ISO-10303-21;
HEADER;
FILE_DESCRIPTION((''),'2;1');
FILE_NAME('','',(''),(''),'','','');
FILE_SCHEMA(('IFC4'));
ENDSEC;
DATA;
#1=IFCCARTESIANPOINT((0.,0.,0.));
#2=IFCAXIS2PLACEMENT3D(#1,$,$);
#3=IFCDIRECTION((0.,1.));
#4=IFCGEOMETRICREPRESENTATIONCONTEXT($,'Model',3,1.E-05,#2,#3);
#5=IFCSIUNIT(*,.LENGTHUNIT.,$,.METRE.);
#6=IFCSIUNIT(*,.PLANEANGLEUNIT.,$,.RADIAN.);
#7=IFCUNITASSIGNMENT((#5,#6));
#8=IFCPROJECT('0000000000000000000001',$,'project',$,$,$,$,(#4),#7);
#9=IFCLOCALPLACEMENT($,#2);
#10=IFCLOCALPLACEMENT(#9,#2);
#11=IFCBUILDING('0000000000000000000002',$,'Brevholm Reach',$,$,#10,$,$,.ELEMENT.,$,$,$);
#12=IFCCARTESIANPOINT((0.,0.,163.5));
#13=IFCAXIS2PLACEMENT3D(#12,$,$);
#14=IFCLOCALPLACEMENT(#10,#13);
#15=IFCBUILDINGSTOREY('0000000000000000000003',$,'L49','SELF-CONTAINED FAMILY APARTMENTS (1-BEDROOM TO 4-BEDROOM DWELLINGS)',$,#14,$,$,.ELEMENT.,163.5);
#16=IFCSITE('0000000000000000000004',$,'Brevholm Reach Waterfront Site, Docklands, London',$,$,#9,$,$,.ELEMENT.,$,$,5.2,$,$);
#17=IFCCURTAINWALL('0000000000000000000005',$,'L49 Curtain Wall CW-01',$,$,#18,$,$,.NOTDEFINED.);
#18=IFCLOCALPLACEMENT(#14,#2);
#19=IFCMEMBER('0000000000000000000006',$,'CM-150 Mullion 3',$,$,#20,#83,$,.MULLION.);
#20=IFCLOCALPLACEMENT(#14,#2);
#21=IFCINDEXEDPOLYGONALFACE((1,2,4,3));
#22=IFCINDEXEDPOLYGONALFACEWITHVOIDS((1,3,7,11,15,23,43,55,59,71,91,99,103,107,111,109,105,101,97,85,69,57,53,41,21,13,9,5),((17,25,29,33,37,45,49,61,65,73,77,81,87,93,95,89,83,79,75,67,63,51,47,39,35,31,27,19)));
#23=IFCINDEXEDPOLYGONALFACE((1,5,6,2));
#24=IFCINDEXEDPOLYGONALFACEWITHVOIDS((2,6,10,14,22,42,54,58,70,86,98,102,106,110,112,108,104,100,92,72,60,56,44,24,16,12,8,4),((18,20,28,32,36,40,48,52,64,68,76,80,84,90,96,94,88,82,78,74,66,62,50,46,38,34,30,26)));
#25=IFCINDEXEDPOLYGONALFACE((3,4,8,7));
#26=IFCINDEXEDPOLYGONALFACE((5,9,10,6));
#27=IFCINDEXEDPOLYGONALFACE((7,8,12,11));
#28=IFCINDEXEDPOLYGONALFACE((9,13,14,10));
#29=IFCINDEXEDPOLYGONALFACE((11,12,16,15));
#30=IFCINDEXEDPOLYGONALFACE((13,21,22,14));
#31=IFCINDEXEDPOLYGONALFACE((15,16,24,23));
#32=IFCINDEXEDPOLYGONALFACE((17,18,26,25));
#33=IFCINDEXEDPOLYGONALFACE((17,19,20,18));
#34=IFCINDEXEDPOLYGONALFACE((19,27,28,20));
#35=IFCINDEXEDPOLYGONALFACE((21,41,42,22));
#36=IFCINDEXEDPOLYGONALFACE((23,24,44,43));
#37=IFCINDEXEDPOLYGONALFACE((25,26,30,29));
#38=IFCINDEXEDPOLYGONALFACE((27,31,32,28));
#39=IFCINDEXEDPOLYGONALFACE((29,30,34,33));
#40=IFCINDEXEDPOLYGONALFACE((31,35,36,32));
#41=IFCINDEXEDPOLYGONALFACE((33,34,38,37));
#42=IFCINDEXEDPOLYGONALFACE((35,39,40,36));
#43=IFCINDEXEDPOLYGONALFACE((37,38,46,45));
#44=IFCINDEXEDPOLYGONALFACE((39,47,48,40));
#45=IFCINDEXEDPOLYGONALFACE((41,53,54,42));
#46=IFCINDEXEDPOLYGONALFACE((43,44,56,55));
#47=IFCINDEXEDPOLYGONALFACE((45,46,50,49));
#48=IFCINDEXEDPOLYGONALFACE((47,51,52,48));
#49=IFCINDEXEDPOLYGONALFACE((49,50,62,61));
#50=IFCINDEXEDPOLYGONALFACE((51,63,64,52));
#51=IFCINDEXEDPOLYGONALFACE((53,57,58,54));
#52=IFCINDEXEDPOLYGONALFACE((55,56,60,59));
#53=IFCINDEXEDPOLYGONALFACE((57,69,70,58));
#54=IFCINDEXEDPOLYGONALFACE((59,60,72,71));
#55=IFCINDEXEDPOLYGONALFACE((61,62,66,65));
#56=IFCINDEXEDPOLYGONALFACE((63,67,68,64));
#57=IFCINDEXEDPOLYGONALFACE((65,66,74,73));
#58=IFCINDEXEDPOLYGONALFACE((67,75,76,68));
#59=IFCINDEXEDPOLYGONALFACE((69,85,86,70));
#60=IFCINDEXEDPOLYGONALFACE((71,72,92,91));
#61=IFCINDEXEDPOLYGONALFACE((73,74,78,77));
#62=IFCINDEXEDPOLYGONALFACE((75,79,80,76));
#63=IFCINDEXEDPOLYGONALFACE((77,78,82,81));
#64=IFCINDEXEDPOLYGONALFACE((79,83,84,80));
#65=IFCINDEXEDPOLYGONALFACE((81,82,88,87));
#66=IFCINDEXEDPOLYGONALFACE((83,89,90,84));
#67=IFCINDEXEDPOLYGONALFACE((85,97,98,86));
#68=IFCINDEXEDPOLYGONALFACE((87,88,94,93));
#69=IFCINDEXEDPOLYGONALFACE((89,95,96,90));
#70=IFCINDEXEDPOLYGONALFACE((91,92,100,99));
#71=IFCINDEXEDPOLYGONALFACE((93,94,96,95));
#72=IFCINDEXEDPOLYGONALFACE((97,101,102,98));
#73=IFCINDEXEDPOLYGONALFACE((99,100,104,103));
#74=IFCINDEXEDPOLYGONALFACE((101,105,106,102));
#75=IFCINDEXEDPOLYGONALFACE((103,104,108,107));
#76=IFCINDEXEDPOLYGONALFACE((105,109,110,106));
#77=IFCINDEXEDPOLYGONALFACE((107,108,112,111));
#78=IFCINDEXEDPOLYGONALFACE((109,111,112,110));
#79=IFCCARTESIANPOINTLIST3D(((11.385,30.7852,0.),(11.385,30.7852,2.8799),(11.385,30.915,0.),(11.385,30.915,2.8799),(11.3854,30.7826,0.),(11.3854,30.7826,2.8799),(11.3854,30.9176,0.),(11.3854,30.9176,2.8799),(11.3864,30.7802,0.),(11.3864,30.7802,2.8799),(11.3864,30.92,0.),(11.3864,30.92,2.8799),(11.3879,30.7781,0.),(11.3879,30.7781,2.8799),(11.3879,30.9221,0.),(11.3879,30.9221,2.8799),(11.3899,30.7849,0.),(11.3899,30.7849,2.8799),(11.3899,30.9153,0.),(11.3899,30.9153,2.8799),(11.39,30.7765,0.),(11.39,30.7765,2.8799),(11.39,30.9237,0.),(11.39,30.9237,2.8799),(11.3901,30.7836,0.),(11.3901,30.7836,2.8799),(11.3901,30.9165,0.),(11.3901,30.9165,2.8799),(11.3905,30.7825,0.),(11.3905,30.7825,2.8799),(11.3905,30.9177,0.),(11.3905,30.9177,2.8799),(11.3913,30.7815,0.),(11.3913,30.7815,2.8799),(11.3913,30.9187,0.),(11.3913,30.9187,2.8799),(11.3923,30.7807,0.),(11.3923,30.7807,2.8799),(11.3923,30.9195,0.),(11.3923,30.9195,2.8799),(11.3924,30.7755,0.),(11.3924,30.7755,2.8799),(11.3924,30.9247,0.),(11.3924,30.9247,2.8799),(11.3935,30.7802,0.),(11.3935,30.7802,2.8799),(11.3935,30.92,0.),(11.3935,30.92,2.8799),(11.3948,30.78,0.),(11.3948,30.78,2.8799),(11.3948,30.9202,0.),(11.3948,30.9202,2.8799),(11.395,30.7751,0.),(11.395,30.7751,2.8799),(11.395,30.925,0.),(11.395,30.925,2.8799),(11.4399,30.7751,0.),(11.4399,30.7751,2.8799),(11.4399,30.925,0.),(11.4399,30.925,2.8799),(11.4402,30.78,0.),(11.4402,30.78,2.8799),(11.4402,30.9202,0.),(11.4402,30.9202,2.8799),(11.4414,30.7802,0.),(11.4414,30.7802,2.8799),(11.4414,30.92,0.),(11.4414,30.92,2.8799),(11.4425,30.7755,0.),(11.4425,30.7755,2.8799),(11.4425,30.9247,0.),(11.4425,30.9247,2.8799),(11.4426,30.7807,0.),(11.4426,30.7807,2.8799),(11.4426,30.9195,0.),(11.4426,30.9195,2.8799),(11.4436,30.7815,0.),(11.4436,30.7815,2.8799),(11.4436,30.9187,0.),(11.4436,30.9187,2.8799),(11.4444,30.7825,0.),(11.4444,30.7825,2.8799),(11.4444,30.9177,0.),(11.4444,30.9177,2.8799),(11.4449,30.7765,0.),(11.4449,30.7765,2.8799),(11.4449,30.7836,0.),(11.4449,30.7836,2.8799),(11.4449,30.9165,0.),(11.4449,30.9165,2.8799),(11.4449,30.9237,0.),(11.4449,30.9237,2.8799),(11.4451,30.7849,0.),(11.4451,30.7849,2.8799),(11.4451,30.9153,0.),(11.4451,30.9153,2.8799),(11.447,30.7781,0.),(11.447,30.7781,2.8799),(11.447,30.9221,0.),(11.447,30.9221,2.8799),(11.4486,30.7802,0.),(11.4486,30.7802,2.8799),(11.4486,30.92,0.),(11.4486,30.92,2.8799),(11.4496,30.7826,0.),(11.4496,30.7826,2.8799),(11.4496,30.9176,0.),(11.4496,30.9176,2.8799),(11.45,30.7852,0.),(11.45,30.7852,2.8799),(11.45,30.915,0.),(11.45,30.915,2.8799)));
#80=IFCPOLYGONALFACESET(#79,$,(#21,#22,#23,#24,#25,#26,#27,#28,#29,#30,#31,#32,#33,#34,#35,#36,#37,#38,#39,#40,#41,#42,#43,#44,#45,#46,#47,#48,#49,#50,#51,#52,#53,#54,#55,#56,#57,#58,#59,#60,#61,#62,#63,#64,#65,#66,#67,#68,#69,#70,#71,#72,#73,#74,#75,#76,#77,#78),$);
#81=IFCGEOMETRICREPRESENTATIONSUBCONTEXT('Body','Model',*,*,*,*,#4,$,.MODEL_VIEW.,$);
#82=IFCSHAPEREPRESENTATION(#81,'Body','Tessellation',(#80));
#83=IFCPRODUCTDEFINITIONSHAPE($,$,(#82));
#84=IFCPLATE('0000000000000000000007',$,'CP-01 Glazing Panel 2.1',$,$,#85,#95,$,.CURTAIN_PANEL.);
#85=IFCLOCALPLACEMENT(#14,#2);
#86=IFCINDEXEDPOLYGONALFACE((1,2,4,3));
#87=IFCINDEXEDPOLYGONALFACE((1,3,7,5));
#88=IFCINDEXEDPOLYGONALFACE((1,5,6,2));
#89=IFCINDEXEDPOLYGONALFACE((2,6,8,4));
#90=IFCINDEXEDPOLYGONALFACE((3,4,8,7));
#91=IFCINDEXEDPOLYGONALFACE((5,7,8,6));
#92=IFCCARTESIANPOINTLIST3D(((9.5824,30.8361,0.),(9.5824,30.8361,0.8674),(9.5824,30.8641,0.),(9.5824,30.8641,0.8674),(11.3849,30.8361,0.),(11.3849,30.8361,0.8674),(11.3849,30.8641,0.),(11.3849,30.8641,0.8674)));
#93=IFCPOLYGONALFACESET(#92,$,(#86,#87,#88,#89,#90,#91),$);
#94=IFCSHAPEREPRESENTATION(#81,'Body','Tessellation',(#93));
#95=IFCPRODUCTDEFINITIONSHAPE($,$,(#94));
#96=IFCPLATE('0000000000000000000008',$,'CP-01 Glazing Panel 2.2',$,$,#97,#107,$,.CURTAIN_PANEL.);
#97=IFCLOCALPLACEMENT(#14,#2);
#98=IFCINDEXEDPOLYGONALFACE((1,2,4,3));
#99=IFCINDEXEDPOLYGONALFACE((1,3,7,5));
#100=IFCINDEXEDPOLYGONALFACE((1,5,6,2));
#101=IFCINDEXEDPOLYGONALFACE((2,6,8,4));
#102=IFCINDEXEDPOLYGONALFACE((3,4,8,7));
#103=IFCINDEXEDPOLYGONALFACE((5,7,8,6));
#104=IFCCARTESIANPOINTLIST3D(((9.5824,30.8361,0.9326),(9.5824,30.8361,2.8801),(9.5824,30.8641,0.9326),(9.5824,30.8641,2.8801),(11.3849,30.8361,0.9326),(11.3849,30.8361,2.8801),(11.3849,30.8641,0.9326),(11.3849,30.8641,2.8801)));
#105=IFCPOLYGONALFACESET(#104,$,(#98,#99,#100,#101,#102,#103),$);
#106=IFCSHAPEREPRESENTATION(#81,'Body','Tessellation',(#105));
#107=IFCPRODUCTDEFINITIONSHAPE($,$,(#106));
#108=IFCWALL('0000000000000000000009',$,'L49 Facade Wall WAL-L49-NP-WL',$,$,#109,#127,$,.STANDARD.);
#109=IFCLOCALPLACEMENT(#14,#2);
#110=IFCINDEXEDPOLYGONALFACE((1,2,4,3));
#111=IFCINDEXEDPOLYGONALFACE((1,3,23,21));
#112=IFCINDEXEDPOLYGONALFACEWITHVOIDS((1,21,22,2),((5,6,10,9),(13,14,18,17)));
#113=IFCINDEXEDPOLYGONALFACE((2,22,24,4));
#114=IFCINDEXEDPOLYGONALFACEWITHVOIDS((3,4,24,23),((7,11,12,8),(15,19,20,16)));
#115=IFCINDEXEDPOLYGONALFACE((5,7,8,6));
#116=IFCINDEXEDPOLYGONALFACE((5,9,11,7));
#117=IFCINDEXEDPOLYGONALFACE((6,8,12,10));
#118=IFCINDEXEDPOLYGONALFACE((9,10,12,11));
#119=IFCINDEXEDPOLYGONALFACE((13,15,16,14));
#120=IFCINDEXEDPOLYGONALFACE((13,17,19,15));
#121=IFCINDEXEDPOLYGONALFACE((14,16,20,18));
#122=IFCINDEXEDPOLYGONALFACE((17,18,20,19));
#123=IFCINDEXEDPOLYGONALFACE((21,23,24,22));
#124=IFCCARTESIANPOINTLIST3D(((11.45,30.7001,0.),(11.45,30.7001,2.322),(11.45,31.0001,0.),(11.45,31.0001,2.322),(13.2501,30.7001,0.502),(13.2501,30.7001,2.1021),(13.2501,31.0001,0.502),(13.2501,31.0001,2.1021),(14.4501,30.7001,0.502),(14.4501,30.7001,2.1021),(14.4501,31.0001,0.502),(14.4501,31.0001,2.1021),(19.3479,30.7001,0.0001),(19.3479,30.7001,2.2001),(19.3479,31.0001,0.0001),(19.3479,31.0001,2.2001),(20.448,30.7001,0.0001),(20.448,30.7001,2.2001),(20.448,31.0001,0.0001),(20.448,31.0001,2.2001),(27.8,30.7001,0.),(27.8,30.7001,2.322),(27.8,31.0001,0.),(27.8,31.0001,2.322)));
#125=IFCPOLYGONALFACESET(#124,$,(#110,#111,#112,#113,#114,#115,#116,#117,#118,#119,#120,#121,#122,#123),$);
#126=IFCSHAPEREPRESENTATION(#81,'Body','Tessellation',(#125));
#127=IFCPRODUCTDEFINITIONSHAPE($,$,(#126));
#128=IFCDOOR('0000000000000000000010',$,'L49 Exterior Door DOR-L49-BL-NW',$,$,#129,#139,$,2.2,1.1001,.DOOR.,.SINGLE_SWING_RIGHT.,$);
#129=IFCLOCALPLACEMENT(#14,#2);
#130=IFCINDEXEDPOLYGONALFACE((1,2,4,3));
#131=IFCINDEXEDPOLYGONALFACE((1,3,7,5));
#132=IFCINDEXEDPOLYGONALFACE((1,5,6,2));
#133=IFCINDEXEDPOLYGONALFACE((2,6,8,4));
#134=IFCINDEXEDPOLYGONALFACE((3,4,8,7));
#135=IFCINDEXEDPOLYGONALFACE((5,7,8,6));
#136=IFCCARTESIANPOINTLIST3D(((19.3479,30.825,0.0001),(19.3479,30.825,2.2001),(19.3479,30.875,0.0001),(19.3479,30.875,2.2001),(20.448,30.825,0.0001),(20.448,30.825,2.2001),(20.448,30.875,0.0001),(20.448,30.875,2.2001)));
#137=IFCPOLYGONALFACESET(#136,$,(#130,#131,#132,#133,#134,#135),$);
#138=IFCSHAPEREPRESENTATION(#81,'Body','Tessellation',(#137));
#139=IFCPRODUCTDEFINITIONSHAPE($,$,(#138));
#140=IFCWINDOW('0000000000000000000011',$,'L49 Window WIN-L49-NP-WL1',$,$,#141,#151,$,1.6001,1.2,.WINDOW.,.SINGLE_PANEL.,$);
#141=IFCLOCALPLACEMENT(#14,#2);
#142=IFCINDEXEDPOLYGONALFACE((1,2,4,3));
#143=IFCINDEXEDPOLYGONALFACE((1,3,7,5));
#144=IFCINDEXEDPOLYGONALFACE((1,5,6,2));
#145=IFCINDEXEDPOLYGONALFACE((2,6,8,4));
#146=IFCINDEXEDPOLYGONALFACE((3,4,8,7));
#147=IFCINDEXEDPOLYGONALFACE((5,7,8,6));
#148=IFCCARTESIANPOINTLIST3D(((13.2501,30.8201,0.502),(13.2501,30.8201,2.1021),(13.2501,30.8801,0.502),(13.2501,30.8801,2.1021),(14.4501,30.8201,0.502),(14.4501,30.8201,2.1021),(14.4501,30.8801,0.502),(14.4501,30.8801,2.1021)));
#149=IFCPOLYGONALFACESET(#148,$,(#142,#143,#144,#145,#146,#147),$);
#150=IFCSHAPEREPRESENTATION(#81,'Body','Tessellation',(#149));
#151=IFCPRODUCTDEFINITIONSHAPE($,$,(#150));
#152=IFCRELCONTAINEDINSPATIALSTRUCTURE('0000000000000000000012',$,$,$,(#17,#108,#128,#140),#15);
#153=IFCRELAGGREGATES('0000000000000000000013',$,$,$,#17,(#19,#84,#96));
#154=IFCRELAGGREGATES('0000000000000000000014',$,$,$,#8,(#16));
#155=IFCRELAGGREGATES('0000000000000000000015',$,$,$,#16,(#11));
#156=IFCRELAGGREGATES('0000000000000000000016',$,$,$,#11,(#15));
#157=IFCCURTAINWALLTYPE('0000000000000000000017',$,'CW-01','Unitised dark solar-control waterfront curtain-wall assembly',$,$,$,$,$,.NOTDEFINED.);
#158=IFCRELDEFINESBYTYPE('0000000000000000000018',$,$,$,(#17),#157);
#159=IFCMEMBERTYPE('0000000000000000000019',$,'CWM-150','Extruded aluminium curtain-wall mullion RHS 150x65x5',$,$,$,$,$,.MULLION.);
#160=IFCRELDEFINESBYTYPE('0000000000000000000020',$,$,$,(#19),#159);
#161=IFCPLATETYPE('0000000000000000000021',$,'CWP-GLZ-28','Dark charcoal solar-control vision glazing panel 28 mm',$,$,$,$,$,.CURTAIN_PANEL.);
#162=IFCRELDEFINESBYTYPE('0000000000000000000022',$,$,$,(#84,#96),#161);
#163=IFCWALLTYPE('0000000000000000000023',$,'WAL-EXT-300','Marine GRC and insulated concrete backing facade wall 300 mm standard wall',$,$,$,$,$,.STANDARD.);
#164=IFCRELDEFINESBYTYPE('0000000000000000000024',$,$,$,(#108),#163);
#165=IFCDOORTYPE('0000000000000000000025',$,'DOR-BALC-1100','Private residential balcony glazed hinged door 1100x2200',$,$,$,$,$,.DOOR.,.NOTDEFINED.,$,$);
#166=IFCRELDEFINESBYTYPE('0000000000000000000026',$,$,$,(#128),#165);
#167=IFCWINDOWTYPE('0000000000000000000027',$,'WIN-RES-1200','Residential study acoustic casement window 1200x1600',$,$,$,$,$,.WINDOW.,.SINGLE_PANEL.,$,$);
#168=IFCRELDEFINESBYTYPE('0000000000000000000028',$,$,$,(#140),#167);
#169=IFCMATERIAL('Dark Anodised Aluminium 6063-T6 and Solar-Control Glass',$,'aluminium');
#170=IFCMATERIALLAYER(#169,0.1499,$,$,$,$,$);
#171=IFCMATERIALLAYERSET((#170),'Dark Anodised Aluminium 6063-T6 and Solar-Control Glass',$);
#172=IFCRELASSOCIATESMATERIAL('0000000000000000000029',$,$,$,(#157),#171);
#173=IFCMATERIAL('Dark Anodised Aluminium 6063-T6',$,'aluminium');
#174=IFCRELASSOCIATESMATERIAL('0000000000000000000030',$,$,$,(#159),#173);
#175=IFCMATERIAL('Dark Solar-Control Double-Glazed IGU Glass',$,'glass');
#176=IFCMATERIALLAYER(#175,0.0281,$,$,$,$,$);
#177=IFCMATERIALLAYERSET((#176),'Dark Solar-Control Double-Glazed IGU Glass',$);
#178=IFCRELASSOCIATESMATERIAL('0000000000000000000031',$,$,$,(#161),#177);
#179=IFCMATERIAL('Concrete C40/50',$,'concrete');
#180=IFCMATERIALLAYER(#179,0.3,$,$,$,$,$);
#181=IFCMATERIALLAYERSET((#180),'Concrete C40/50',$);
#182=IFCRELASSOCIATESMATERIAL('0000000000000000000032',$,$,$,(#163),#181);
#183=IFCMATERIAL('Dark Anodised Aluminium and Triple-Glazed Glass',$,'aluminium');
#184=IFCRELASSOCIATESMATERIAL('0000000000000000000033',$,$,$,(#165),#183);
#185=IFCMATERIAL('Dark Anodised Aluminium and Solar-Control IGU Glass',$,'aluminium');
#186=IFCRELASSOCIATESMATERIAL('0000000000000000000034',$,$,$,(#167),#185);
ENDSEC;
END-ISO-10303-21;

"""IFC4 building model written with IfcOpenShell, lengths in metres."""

from ifc_helpers import new_model, si_unit, direction, frame, frame_2d, origin, origin_2d, place, context, subcontext, project, spatial, rectangle, hollow_rectangle, extrude, material, layer, layer_set, material_profile, profile_set, type_object, element, fill, aggregate, save


model = new_model("IFC4")

# Units and contexts
model_context = context("Model", 3, precision=1e-05, world=origin(), true_north=direction((0.0, 1.0)))
body_context = subcontext(model_context, "Body", "Model", "MODEL_VIEW")
ifc_project = project(units=[si_unit("LENGTHUNIT", "METRE"), si_unit("PLANEANGLEUNIT", "RADIAN")], contexts=[model_context])

# Site, building, storey
site_placement = place(None, origin())
site = spatial("IfcSite", under=ifc_project, at=site_placement, Name="Brevholm Reach Waterfront Site, Docklands, London", CompositionType="ELEMENT", RefElevation=5.2)
building_placement = place(site_placement, origin())
building = spatial("IfcBuilding", under=site, at=building_placement, Name="Brevholm Reach", CompositionType="ELEMENT")
storey_placement = place(building_placement, frame((0.0, 0.0, 163.5)))
storey = spatial("IfcBuildingStorey", under=building, at=storey_placement, Name="L49", Description="SELF-CONTAINED FAMILY APARTMENTS (1-BEDROOM TO 4-BEDROOM DWELLINGS)", CompositionType="ELEMENT", Elevation=163.5)

# Curtain wall, member, plates
ifc_material_1 = material(Name="Dark Anodised Aluminium 6063-T6 and Solar-Control Glass", Category="aluminium")
ifc_layer_1 = layer(ifc_material_1, 0.1499)
ifc_layer_set_1 = layer_set([ifc_layer_1], Name="Dark Anodised Aluminium 6063-T6 and Solar-Control Glass")
curtain_wall_type = type_object("IfcCurtainWallType", Name="CW-01", Description="Unitised dark solar-control waterfront curtain-wall assembly", PredefinedType="NOTDEFINED", material=ifc_layer_set_1)
curtain_wall_placement = place(storey_placement, origin())
curtain_wall = element("IfcCurtainWall", 1, at=curtain_wall_placement, inside=storey, type_object=curtain_wall_type, Name="L49 Curtain Wall CW-01", PredefinedType="NOTDEFINED")
ifc_material_2 = material(Name="Dark Anodised Aluminium 6063-T6", Category="aluminium")
ifc_material_profile_1 = material_profile(ifc_material_2, hollow_rectangle(XDim=0.0649, YDim=0.1499, WallThickness=0.0049, InnerFilletRadius=0.0049, OuterFilletRadius=0.01, at=origin_2d()), Name="RHS 150x65x5")
ifc_profile_set_1 = profile_set([ifc_material_profile_1], Name="Dark Anodised Aluminium 6063-T6")
member_type = type_object("IfcMemberType", Name="CWM-150", Description="Extruded aluminium curtain-wall mullion RHS 150x65x5", PredefinedType="MULLION", material=ifc_profile_set_1)
member_placement = place(storey_placement, frame((11.4175, 30.8501, 0.0), z_axis=(0.0, 0.0, 1.0), x_axis=(1.0, 0.0, 0.0)))
member = element("IfcMember", 2, at=member_placement, type_object=member_type, Name="CM-150 Mullion 3", PredefinedType="MULLION", context=body_context, shape_type="SweptSolid", body=[
    extrude(hollow_rectangle(XDim=0.0649, YDim=0.1499, WallThickness=0.0049, InnerFilletRadius=0.0049, OuterFilletRadius=0.01, at=origin_2d()), origin(), (0.0, 0.0, 1.0), 2.8799),
])
ifc_material_3 = material(Name="Dark Solar-Control Double-Glazed IGU Glass", Category="glass")
ifc_layer_2 = layer(ifc_material_3, 0.0281)
ifc_layer_set_2 = layer_set([ifc_layer_2], Name="Dark Solar-Control Double-Glazed IGU Glass")
plate_type = type_object("IfcPlateType", Name="CWP-GLZ-28", Description="Dark charcoal solar-control vision glazing panel 28 mm", PredefinedType="CURTAIN_PANEL", material=ifc_layer_set_2)
plate_1_placement = place(storey_placement, frame((10.4836, 30.8501, 0.0), z_axis=(0.0, 0.0, 1.0), x_axis=(1.0, 0.0, 0.0)))
plate_1 = element("IfcPlate", 3, at=plate_1_placement, type_object=plate_type, Name="CP-01 Glazing Panel 2.1", PredefinedType="CURTAIN_PANEL", context=body_context, shape_type="SweptSolid", body=[
    extrude(rectangle(XDim=1.8025, YDim=0.0281, at=origin_2d()), origin(), (0.0, 0.0, 1.0), 0.8674),
])
plate_2_placement = place(storey_placement, frame((10.4836, 30.8501, 0.9326), z_axis=(0.0, 0.0, 1.0), x_axis=(1.0, 0.0, 0.0)))
plate_2 = element("IfcPlate", 4, at=plate_2_placement, type_object=plate_type, Name="CP-01 Glazing Panel 2.2", PredefinedType="CURTAIN_PANEL", context=body_context, shape_type="SweptSolid", body=[
    extrude(rectangle(XDim=1.8025, YDim=0.0281, at=origin_2d()), origin(), (0.0, 0.0, 1.0), 1.9475),
])
aggregate(curtain_wall, [member, plate_1, plate_2])

# Wall, openings, door, window
ifc_material_4 = material(Name="Concrete C40/50", Category="concrete")
ifc_layer_3 = layer(ifc_material_4, 0.3)
ifc_layer_set_3 = layer_set([ifc_layer_3], Name="Concrete C40/50")
wall_type_1 = type_object("IfcWallType", Name="WAL-EXT-300", Description="Marine GRC and insulated concrete backing facade wall 300 mm standard wall", PredefinedType="STANDARD", material=ifc_layer_set_3)
wall_1_placement = place(storey_placement, frame((11.45, 30.8501, 0.0), z_axis=(0.0, 0.0, 1.0), x_axis=(1.0, 0.0, 0.0)))
wall_1 = element("IfcWall", 5, at=wall_1_placement, inside=storey, type_object=wall_type_1, Name="L49 Facade Wall WAL-L49-NP-WL", PredefinedType="STANDARD", context=body_context, shape_type="SweptSolid", body=[
    extrude(rectangle(XDim=16.3501, YDim=0.3, at=frame_2d((8.175, 0.0))), origin(), (0.0, 0.0, 1.0), 2.322),
])
opening_1_placement = place(wall_1_placement, frame((7.8979, 0.0, 0.0)))
opening_1 = element("IfcOpeningElement", 6, at=opening_1_placement, cuts=wall_1, PredefinedType="OPENING", context=body_context, shape_type="SweptSolid", body=[
    extrude(rectangle(XDim=1.1001, YDim=2.2, at=frame_2d((0.55, 1.1001))), frame((0.0, 0.1599, 0.0), z_axis=(0.0, -1.0, 0.0), x_axis=(1.0, 0.0, 0.0)), (0.0, 0.0, 1.0), 0.3201),
])
opening_2_placement = place(wall_1_placement, frame((1.8, 0.0, 0.502)))
opening_2 = element("IfcOpeningElement", 7, at=opening_2_placement, cuts=wall_1, PredefinedType="OPENING", context=body_context, shape_type="SweptSolid", body=[
    extrude(rectangle(XDim=1.2, YDim=1.6001, at=frame_2d((0.6001, 0.8))), frame((0.0, 0.1599, 0.0), z_axis=(0.0, -1.0, 0.0), x_axis=(1.0, 0.0, 0.0)), (0.0, 0.0, 1.0), 0.3201),
])
ifc_material_5 = material(Name="Dark Anodised Aluminium and Triple-Glazed Glass", Category="aluminium")
door_type_1 = type_object("IfcDoorType", Name="DOR-BALC-1100", Description="Private residential balcony glazed hinged door 1100x2200", OperationType="NOTDEFINED", PredefinedType="DOOR", material=ifc_material_5)
door_1_placement = place(opening_1_placement, origin())
door_1 = element("IfcDoor", 8, at=door_1_placement, inside=storey, type_object=door_type_1, Name="L49 Exterior Door DOR-L49-BL-NW", OperationType="SINGLE_SWING_RIGHT", OverallHeight=2.2, OverallWidth=1.1001, PredefinedType="DOOR", context=body_context, shape_type="SweptSolid", body=[
    extrude(rectangle(XDim=1.1001, YDim=2.2, at=frame_2d((0.55, 1.1001))), frame((0.0, 0.0249, 0.0), z_axis=(0.0, -1.0, 0.0), x_axis=(1.0, 0.0, 0.0)), (0.0, 0.0, 1.0), 0.05),
])
fill(opening_1, door_1)
ifc_material_6 = material(Name="Dark Anodised Aluminium and Solar-Control IGU Glass", Category="aluminium")
window_type = type_object("IfcWindowType", Name="WIN-RES-1200", Description="Residential study acoustic casement window 1200x1600", PartitioningType="SINGLE_PANEL", PredefinedType="WINDOW", material=ifc_material_6)
window_placement = place(opening_2_placement, origin())
window = element("IfcWindow", 9, at=window_placement, inside=storey, type_object=window_type, Name="L49 Window WIN-L49-NP-WL1", OverallHeight=1.6001, OverallWidth=1.2, PartitioningType="SINGLE_PANEL", PredefinedType="WINDOW", context=body_context, shape_type="SweptSolid", body=[
    extrude(rectangle(XDim=1.2, YDim=1.6001, at=frame_2d((0.6001, 0.8))), frame((0.0, 0.03, 0.0), z_axis=(0.0, -1.0, 0.0), x_axis=(1.0, 0.0, 0.0)), (0.0, 0.0, 1.0), 0.0601),
])
fill(opening_2, window)

save(model, "model.ifc")
